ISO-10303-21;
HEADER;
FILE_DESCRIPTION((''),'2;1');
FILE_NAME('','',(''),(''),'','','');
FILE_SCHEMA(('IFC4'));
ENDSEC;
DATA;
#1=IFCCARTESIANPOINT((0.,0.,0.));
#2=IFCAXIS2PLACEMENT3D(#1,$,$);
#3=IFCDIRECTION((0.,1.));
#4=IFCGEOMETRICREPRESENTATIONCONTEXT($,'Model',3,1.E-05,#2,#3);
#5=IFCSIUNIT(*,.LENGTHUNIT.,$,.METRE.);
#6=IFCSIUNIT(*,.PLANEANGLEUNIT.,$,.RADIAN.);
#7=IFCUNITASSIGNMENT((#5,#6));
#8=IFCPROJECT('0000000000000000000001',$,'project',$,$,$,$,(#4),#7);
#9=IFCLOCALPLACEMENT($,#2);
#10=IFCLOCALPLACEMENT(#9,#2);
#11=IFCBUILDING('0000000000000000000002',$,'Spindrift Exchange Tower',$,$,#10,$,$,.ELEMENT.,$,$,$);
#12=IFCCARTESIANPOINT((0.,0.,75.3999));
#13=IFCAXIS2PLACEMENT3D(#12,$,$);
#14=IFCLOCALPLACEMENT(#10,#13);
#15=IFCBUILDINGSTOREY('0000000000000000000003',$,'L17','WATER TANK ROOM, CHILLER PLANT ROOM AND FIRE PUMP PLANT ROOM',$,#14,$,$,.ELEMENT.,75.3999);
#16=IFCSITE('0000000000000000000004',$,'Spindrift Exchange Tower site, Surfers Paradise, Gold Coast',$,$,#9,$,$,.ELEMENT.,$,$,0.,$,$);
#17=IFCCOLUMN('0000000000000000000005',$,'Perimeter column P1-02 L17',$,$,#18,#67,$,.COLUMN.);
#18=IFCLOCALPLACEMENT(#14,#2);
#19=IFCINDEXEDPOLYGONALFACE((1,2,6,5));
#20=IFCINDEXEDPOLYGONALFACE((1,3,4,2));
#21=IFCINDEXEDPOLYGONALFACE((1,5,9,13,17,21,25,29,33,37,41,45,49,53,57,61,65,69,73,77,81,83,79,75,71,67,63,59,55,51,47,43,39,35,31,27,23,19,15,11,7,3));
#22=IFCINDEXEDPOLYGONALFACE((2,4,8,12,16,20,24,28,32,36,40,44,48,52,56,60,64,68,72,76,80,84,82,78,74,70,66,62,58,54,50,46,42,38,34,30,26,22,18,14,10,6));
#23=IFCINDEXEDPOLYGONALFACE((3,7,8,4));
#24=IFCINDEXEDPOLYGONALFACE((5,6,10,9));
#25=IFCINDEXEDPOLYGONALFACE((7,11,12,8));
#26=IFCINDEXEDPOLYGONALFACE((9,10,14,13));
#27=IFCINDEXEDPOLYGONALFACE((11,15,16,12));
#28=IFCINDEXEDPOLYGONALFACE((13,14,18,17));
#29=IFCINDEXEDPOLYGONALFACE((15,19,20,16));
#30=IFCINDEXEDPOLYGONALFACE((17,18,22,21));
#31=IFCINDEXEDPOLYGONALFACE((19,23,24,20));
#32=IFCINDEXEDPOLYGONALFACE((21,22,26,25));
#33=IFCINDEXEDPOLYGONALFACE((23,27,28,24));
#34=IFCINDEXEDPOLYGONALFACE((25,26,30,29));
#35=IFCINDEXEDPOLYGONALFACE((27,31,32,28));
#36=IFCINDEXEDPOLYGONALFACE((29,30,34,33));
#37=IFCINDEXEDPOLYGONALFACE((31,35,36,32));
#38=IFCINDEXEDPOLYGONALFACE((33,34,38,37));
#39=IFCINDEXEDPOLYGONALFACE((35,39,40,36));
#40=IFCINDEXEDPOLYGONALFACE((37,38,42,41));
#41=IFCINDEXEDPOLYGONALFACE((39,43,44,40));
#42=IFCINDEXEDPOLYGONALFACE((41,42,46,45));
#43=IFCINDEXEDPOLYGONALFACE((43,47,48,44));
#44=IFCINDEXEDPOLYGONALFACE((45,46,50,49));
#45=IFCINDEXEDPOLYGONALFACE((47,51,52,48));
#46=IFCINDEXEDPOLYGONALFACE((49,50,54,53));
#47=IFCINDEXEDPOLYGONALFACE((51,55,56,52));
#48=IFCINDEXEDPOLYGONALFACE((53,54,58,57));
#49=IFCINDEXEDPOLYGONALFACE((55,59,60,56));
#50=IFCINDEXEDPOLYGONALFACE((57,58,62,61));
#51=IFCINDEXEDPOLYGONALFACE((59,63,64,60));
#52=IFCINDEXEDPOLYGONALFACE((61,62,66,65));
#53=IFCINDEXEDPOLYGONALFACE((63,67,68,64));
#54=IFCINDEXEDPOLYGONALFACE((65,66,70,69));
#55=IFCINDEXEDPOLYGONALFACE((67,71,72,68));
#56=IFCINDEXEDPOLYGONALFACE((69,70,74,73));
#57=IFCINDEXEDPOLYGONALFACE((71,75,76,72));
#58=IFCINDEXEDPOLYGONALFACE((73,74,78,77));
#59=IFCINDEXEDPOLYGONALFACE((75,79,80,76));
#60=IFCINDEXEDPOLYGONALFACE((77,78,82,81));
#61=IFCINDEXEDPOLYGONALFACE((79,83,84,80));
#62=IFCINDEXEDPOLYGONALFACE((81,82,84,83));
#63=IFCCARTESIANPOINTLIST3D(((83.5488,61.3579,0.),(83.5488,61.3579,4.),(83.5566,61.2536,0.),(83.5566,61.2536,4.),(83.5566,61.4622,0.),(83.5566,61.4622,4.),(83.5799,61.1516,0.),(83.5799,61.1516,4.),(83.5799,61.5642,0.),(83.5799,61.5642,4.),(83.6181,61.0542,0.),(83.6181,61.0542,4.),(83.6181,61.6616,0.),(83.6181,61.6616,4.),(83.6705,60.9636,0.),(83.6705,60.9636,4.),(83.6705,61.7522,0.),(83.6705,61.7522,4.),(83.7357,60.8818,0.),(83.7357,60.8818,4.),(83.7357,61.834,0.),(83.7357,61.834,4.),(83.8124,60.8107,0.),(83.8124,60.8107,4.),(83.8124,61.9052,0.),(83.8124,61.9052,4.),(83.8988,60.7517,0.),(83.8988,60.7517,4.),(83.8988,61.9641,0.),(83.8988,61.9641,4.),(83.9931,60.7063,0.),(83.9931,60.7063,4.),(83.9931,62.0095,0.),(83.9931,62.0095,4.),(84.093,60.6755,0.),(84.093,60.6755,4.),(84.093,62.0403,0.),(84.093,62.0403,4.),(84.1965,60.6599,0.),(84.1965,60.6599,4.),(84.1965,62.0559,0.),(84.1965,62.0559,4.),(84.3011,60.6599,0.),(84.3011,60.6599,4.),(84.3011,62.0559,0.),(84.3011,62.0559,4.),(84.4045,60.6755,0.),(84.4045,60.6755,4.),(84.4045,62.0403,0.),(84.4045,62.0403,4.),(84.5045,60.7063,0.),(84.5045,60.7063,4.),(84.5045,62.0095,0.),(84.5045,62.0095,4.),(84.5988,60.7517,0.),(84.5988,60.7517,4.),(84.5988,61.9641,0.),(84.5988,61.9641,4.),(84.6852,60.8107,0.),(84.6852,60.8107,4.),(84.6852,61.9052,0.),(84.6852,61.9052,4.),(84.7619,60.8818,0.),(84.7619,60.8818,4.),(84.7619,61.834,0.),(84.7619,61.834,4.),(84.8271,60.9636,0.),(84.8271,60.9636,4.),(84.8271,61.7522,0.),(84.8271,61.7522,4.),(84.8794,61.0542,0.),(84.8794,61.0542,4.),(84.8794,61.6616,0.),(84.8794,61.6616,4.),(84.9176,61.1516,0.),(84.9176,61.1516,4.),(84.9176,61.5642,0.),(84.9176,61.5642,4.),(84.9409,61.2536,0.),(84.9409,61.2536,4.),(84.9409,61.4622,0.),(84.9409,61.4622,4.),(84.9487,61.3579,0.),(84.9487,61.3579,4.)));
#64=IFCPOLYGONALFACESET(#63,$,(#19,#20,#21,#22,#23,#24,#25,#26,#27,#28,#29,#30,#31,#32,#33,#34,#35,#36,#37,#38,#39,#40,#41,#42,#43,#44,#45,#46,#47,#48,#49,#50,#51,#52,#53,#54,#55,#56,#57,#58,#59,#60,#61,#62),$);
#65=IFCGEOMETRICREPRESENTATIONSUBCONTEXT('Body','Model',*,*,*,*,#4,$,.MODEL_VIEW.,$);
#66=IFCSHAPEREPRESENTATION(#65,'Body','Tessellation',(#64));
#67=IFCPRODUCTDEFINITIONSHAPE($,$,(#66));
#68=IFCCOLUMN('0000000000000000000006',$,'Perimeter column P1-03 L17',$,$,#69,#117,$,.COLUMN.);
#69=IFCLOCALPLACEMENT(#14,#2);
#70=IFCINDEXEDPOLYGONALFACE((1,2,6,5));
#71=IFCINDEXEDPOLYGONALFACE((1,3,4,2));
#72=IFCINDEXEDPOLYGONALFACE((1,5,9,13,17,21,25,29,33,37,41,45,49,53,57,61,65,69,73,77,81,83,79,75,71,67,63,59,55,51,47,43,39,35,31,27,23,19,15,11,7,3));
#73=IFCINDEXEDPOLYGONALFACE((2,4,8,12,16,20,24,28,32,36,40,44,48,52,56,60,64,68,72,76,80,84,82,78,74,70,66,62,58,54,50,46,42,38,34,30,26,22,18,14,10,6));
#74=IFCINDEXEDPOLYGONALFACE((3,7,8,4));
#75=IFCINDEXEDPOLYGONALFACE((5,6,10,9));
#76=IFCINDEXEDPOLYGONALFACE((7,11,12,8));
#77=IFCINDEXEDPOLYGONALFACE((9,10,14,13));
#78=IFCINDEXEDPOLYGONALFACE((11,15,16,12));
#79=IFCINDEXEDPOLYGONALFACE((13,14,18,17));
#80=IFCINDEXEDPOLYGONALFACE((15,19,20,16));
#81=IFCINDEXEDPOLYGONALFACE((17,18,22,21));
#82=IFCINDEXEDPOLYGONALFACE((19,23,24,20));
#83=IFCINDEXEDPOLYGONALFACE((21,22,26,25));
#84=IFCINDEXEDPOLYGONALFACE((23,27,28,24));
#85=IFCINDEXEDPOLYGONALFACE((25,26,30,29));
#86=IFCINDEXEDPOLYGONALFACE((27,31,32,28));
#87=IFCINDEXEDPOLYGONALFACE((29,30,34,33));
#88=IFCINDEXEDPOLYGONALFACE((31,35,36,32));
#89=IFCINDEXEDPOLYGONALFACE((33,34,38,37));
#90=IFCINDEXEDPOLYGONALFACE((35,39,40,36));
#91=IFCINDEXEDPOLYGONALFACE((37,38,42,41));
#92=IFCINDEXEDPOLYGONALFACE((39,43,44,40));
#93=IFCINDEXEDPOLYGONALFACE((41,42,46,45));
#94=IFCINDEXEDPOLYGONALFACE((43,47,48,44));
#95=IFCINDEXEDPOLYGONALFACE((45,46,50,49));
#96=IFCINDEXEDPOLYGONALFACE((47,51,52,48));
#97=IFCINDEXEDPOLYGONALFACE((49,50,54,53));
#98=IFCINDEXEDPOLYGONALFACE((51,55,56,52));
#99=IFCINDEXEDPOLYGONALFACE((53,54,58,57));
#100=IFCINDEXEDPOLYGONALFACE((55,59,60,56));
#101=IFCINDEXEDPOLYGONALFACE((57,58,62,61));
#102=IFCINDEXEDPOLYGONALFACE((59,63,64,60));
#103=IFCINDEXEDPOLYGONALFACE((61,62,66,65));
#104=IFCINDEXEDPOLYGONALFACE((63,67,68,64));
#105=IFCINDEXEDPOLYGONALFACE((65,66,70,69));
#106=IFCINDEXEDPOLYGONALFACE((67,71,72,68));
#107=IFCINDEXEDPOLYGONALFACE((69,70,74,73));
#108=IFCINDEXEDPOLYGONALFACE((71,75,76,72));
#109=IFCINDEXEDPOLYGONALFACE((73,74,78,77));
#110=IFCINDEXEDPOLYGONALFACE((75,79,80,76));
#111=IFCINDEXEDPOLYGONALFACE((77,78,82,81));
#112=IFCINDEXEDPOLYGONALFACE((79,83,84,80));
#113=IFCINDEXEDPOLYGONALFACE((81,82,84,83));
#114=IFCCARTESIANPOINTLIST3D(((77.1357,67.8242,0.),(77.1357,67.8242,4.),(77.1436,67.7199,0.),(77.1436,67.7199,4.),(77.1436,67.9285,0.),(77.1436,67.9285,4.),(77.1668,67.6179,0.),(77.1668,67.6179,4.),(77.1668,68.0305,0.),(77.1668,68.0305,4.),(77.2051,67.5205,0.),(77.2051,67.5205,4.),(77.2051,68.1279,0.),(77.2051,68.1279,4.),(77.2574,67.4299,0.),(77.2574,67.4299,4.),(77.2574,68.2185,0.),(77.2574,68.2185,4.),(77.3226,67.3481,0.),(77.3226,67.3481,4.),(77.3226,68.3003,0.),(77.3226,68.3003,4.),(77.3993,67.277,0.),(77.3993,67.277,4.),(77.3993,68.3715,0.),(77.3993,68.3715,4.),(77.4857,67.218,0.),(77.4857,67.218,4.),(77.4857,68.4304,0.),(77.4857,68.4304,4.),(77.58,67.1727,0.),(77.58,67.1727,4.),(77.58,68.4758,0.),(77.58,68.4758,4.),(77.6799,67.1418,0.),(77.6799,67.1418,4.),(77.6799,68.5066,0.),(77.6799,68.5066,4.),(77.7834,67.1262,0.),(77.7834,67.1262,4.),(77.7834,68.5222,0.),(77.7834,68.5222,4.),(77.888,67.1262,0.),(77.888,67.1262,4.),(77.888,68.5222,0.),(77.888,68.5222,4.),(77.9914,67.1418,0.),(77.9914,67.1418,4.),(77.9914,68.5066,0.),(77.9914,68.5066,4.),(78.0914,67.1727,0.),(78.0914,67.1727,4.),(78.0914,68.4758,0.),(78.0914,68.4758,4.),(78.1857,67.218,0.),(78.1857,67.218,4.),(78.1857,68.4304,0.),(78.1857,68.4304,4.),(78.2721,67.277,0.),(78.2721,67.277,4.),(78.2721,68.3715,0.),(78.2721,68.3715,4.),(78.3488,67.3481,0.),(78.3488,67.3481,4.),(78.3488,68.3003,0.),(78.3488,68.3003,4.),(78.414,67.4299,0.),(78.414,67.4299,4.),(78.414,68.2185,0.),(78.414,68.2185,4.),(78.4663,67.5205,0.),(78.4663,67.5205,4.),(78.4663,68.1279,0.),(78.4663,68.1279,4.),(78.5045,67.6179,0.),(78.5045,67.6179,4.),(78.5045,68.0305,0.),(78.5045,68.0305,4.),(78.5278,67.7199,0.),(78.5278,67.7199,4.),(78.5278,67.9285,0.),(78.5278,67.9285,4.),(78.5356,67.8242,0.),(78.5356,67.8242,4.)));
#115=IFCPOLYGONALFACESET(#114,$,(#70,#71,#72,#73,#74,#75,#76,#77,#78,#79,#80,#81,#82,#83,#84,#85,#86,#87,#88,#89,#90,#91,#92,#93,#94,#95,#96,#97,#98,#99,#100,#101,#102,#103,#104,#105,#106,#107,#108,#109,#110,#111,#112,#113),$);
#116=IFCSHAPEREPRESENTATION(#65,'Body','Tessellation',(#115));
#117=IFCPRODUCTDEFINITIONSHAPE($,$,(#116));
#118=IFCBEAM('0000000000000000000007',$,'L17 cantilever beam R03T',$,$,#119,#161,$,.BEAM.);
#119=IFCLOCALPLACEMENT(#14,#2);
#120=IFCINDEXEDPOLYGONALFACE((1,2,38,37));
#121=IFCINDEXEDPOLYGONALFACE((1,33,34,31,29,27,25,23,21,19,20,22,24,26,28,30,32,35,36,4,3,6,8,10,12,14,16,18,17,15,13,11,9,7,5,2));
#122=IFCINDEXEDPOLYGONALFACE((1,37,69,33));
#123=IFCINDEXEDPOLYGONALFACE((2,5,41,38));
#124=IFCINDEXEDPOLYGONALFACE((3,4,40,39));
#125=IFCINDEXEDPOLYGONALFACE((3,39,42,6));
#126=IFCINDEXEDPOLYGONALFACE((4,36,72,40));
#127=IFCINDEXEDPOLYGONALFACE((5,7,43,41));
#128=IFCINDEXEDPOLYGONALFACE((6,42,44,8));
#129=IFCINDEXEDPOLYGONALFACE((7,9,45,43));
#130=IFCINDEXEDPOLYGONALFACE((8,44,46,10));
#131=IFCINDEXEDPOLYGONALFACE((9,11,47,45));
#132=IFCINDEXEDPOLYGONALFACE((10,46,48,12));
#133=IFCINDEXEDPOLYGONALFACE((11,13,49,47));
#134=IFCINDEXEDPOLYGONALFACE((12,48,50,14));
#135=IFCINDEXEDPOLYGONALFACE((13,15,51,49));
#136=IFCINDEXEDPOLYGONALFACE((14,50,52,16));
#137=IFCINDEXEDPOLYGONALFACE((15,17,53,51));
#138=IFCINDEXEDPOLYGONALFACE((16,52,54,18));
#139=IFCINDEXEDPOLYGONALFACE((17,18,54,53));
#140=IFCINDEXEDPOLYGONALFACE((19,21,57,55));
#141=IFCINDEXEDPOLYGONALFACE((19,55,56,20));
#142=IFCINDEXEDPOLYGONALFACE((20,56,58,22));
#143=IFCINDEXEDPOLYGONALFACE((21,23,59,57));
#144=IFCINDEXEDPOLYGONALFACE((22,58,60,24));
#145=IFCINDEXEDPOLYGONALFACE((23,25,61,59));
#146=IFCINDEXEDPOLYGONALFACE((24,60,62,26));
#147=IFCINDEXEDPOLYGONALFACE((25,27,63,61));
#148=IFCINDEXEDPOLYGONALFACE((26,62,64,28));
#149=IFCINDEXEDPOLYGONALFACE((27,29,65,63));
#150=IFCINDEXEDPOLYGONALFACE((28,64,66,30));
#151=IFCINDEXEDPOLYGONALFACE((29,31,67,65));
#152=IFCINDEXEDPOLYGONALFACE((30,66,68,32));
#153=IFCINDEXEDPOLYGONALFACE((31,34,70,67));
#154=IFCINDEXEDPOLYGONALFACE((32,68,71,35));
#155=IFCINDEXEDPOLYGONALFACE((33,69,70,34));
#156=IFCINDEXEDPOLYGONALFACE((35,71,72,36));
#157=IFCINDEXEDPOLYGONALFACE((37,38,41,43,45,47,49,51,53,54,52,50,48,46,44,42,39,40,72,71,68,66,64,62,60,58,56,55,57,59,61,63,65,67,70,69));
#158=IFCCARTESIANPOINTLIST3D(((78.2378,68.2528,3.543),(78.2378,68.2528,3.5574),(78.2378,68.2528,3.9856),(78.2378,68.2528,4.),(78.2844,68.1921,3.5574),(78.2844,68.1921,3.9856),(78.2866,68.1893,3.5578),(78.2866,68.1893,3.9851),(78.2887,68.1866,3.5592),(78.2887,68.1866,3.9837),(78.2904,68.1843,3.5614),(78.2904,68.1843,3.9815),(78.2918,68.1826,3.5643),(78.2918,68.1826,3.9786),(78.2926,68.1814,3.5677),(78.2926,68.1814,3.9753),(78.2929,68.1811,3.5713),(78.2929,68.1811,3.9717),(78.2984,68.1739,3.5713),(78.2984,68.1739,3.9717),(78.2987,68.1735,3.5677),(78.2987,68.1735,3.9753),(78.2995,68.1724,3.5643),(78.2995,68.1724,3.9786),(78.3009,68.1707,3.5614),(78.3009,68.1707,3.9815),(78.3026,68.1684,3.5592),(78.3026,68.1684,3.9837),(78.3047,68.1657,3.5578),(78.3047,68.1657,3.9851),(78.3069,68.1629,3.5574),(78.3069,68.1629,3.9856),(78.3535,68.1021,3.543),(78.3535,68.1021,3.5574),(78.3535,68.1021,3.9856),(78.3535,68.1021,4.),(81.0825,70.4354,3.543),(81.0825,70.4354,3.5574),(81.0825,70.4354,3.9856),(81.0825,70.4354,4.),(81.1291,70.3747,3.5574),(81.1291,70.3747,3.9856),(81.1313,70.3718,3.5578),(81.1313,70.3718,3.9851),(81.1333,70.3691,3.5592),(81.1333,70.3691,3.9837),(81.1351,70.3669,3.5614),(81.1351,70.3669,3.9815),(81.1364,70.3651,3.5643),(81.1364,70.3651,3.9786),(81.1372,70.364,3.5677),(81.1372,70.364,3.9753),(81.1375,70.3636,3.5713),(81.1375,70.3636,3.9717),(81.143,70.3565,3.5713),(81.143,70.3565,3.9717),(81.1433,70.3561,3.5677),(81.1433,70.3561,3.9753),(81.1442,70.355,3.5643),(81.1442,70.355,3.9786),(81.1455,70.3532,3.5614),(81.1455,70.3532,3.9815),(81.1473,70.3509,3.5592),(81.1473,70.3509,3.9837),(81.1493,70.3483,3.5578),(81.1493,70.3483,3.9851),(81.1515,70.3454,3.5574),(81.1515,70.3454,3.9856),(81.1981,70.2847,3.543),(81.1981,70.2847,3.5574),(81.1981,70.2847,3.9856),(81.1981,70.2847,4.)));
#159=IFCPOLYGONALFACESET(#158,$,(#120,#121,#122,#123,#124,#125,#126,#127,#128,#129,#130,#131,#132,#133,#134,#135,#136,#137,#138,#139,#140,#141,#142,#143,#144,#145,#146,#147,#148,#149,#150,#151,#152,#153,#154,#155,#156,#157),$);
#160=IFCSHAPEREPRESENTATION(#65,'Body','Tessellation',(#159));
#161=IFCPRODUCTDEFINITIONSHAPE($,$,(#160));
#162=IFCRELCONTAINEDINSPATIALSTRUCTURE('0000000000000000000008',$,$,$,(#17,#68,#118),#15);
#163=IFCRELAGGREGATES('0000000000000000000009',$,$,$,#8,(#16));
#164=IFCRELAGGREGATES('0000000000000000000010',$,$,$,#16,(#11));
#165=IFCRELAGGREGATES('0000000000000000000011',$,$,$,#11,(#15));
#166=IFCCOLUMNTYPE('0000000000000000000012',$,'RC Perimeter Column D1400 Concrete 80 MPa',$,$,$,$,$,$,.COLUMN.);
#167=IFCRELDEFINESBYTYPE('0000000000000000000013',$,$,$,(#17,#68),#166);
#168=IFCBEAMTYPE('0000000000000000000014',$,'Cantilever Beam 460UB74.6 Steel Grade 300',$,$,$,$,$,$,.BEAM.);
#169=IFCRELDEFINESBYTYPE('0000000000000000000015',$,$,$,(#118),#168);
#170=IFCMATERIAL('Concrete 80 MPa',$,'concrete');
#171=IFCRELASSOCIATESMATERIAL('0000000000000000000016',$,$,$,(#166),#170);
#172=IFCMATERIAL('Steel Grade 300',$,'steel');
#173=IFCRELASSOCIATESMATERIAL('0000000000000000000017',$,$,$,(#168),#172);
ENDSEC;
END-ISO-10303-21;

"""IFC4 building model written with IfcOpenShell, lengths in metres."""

from ifc_helpers import new_model, si_unit, direction, frame, origin, origin_2d, place, context, subcontext, project, spatial, circle, i_section, extrude, source, transform, mapped, material, material_profile, profile_set, type_object, element, save


model = new_model("IFC4")

# Units and contexts
model_context = context("Model", 3, precision=1e-05, world=origin(), true_north=direction((0.0, 1.0)))
body_context = subcontext(model_context, "Body", "Model", "MODEL_VIEW")
ifc_project = project(units=[si_unit("LENGTHUNIT", "METRE"), si_unit("PLANEANGLEUNIT", "RADIAN")], contexts=[model_context])

# Site, building, storey
site_placement = place(None, origin())
site = spatial("IfcSite", under=ifc_project, at=site_placement, Name="Spindrift Exchange Tower site, Surfers Paradise, Gold Coast", CompositionType="ELEMENT", RefElevation=0.0)
building_placement = place(site_placement, origin())
building = spatial("IfcBuilding", under=site, at=building_placement, Name="Spindrift Exchange Tower", CompositionType="ELEMENT")
storey_placement = place(building_placement, frame((0.0, 0.0, 75.3999)))
storey = spatial("IfcBuildingStorey", under=building, at=storey_placement, Name="L17", Description="WATER TANK ROOM, CHILLER PLANT ROOM AND FIRE PUMP PLANT ROOM", CompositionType="ELEMENT", Elevation=75.3999)

# Columns
ifc_material_1 = material(Name="Concrete 80 MPa", Category="concrete")
ifc_material_profile_1 = material_profile(ifc_material_1, circle(Radius=0.7, at=origin_2d()), Name="RC D1400")
ifc_profile_set_1 = profile_set([ifc_material_profile_1], Name="Concrete 80 MPa")
column_type = type_object("IfcColumnType", Name="RC Perimeter Column D1400 Concrete 80 MPa", PredefinedType="COLUMN", material=ifc_profile_set_1)
shared_shape_1 = source(origin(), body_context, "Body", "SweptSolid", [
    extrude(circle(Radius=0.7, at=origin_2d()), origin(), (0.0, 0.0, 1.0), 4.0),
])
for number, where, z_axis, x_axis, name in (
    (1, (84.2488, 61.3579, 0.0), (0.0, 0.0, 1.0), (1.0, 0.0, 0.0), "Perimeter column P1-02 L17"),
    (2, (77.8357, 67.8242, 0.0), (0.0, 0.0, 1.0), (1.0, 0.0, 0.0), "Perimeter column P1-03 L17"),
):
    element("IfcColumn", number, at=place(storey_placement, frame(where, z_axis=z_axis, x_axis=x_axis)), inside=storey, type_object=column_type, Name=name, PredefinedType="COLUMN", context=body_context, shape_type="MappedRepresentation", body=[
        mapped(shared_shape_1, transform((0.0, 0.0, 0.0), scale=1.0)),
    ])

# Beam
ifc_material_2 = material(Name="Steel Grade 300", Category="steel")
ifc_material_profile_2 = material_profile(ifc_material_2, i_section(OverallWidth=0.1899, OverallDepth=0.457, WebThickness=0.009, FlangeThickness=0.0144, FilletRadius=0.0139, at=origin_2d()), Name="460UB74.6")
ifc_profile_set_2 = profile_set([ifc_material_profile_2], Name="Steel Grade 300")
beam_type_1 = type_object("IfcBeamType", Name="Cantilever Beam 460UB74.6 Steel Grade 300", PredefinedType="BEAM", material=ifc_profile_set_2)
shared_shape_2 = source(origin(), body_context, "Body", "SweptSolid", [
    extrude(i_section(OverallWidth=0.1899, OverallDepth=0.457, WebThickness=0.009, FlangeThickness=0.0144, FilletRadius=0.0139, at=origin_2d()), origin(), (0.0, 0.0, 1.0), 3.5854),
])
beam_1_placement = place(storey_placement, frame((78.2957, 68.1775, 3.7715), z_axis=(0.793383, 0.608723, 0.0), x_axis=(-0.608723, 0.793383, 0.0)))
element("IfcBeam", 3, at=beam_1_placement, inside=storey, type_object=beam_type_1, Name="L17 cantilever beam R03T", PredefinedType="BEAM", context=body_context, shape_type="MappedRepresentation", body=[
    mapped(shared_shape_2, transform((0.0, 0.0, 0.0), scale=1.0)),
])

save(model, "model.ifc")
